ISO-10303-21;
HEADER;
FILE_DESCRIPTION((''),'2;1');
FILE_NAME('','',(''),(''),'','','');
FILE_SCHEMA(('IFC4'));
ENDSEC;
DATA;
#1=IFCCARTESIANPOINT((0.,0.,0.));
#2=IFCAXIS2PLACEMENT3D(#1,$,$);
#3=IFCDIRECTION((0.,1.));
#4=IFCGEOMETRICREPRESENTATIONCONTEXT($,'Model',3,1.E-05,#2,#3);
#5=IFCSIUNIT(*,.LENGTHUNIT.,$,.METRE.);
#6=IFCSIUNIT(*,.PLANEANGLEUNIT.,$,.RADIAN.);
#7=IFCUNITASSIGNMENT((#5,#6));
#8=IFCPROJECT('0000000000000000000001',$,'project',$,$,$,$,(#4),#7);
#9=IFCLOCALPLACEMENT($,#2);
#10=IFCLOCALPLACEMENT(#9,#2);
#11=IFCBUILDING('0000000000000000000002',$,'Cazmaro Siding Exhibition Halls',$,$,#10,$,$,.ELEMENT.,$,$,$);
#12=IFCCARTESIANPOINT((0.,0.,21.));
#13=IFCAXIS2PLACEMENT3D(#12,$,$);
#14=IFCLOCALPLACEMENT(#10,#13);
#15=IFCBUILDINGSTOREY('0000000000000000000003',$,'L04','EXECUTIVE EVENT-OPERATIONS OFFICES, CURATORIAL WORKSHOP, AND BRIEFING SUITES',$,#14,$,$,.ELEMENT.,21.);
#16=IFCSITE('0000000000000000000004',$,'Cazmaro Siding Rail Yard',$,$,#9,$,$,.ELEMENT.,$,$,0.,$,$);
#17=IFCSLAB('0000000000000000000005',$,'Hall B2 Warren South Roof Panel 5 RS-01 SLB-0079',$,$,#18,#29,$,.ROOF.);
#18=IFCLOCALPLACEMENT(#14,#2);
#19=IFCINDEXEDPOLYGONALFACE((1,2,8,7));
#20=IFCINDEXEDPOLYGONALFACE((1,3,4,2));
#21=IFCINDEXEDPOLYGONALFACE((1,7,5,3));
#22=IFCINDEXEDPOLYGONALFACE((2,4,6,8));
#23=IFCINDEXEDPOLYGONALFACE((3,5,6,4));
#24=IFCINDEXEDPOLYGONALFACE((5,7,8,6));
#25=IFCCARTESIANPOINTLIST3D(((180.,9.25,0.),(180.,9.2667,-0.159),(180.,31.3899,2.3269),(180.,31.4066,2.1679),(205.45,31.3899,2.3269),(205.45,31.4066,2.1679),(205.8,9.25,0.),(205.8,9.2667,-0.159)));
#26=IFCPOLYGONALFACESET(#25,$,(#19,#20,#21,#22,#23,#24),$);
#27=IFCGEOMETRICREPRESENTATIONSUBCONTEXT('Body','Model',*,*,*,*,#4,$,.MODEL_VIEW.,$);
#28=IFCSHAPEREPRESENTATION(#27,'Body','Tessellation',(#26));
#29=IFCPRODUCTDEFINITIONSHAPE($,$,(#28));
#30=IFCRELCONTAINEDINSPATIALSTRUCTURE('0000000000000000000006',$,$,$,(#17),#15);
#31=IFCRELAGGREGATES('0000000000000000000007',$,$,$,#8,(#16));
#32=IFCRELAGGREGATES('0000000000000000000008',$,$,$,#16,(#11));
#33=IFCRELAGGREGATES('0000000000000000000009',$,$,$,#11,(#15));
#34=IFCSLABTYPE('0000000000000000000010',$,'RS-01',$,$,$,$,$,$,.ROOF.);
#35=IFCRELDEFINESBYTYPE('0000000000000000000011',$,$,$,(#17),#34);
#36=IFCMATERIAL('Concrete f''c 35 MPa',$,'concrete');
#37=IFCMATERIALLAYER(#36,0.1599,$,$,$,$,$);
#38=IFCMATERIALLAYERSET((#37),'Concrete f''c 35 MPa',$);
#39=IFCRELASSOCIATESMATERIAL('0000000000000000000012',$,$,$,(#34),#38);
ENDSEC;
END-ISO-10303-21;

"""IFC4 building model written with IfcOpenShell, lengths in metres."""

from ifc_helpers import new_model, si_unit, direction, frame, origin, place, context, subcontext, project, spatial, polyline, outline, extrude, material, layer, layer_set, type_object, element, save


model = new_model("IFC4")

# Units and contexts
model_context = context("Model", 3, precision=1e-05, world=origin(), true_north=direction((0.0, 1.0)))
body_context = subcontext(model_context, "Body", "Model", "MODEL_VIEW")
ifc_project = project(units=[si_unit("LENGTHUNIT", "METRE"), si_unit("PLANEANGLEUNIT", "RADIAN")], contexts=[model_context])

# Site, building, storey
site_placement = place(None, origin())
site = spatial("IfcSite", under=ifc_project, at=site_placement, Name="Cazmaro Siding Rail Yard", CompositionType="ELEMENT", RefElevation=0.0)
building_placement = place(site_placement, origin())
building = spatial("IfcBuilding", under=site, at=building_placement, Name="Cazmaro Siding Exhibition Halls", CompositionType="ELEMENT")
storey_placement = place(building_placement, frame((0.0, 0.0, 21.0)))
storey = spatial("IfcBuildingStorey", under=building, at=storey_placement, Name="L04", Description="EXECUTIVE EVENT-OPERATIONS OFFICES, CURATORIAL WORKSHOP, AND BRIEFING SUITES", CompositionType="ELEMENT", Elevation=21.0)

# Slab
ifc_material_1 = material(Name="Concrete f'c 35 MPa", Category="concrete")
ifc_layer_1 = layer(ifc_material_1, 0.1599)
ifc_layer_set_1 = layer_set([ifc_layer_1], Name="Concrete f'c 35 MPa")
slab_type = type_object("IfcSlabType", Name="RS-01", PredefinedType="ROOF", material=ifc_layer_set_1)
slab_placement = place(storey_placement, frame((180.0, 9.25, 0.0), z_axis=(0.0, -0.104524, 0.994522), x_axis=(1.0, 0.0, 0.0)))
element("IfcSlab", 1, at=slab_placement, inside=storey, type_object=slab_type, Name="Hall B2 Warren South Roof Panel 5 RS-01 SLB-0079", PredefinedType="ROOF", context=body_context, shape_type="SweptSolid", body=[
    extrude(outline(polyline([(0.0, 0.0), (25.8, 0.0), (25.45, 22.2618), (0.0, 22.2618), (0.0, 0.0)])), origin(), (0.0, 0.0, -1.0), 0.1599),
])

save(model, "model.ifc")
